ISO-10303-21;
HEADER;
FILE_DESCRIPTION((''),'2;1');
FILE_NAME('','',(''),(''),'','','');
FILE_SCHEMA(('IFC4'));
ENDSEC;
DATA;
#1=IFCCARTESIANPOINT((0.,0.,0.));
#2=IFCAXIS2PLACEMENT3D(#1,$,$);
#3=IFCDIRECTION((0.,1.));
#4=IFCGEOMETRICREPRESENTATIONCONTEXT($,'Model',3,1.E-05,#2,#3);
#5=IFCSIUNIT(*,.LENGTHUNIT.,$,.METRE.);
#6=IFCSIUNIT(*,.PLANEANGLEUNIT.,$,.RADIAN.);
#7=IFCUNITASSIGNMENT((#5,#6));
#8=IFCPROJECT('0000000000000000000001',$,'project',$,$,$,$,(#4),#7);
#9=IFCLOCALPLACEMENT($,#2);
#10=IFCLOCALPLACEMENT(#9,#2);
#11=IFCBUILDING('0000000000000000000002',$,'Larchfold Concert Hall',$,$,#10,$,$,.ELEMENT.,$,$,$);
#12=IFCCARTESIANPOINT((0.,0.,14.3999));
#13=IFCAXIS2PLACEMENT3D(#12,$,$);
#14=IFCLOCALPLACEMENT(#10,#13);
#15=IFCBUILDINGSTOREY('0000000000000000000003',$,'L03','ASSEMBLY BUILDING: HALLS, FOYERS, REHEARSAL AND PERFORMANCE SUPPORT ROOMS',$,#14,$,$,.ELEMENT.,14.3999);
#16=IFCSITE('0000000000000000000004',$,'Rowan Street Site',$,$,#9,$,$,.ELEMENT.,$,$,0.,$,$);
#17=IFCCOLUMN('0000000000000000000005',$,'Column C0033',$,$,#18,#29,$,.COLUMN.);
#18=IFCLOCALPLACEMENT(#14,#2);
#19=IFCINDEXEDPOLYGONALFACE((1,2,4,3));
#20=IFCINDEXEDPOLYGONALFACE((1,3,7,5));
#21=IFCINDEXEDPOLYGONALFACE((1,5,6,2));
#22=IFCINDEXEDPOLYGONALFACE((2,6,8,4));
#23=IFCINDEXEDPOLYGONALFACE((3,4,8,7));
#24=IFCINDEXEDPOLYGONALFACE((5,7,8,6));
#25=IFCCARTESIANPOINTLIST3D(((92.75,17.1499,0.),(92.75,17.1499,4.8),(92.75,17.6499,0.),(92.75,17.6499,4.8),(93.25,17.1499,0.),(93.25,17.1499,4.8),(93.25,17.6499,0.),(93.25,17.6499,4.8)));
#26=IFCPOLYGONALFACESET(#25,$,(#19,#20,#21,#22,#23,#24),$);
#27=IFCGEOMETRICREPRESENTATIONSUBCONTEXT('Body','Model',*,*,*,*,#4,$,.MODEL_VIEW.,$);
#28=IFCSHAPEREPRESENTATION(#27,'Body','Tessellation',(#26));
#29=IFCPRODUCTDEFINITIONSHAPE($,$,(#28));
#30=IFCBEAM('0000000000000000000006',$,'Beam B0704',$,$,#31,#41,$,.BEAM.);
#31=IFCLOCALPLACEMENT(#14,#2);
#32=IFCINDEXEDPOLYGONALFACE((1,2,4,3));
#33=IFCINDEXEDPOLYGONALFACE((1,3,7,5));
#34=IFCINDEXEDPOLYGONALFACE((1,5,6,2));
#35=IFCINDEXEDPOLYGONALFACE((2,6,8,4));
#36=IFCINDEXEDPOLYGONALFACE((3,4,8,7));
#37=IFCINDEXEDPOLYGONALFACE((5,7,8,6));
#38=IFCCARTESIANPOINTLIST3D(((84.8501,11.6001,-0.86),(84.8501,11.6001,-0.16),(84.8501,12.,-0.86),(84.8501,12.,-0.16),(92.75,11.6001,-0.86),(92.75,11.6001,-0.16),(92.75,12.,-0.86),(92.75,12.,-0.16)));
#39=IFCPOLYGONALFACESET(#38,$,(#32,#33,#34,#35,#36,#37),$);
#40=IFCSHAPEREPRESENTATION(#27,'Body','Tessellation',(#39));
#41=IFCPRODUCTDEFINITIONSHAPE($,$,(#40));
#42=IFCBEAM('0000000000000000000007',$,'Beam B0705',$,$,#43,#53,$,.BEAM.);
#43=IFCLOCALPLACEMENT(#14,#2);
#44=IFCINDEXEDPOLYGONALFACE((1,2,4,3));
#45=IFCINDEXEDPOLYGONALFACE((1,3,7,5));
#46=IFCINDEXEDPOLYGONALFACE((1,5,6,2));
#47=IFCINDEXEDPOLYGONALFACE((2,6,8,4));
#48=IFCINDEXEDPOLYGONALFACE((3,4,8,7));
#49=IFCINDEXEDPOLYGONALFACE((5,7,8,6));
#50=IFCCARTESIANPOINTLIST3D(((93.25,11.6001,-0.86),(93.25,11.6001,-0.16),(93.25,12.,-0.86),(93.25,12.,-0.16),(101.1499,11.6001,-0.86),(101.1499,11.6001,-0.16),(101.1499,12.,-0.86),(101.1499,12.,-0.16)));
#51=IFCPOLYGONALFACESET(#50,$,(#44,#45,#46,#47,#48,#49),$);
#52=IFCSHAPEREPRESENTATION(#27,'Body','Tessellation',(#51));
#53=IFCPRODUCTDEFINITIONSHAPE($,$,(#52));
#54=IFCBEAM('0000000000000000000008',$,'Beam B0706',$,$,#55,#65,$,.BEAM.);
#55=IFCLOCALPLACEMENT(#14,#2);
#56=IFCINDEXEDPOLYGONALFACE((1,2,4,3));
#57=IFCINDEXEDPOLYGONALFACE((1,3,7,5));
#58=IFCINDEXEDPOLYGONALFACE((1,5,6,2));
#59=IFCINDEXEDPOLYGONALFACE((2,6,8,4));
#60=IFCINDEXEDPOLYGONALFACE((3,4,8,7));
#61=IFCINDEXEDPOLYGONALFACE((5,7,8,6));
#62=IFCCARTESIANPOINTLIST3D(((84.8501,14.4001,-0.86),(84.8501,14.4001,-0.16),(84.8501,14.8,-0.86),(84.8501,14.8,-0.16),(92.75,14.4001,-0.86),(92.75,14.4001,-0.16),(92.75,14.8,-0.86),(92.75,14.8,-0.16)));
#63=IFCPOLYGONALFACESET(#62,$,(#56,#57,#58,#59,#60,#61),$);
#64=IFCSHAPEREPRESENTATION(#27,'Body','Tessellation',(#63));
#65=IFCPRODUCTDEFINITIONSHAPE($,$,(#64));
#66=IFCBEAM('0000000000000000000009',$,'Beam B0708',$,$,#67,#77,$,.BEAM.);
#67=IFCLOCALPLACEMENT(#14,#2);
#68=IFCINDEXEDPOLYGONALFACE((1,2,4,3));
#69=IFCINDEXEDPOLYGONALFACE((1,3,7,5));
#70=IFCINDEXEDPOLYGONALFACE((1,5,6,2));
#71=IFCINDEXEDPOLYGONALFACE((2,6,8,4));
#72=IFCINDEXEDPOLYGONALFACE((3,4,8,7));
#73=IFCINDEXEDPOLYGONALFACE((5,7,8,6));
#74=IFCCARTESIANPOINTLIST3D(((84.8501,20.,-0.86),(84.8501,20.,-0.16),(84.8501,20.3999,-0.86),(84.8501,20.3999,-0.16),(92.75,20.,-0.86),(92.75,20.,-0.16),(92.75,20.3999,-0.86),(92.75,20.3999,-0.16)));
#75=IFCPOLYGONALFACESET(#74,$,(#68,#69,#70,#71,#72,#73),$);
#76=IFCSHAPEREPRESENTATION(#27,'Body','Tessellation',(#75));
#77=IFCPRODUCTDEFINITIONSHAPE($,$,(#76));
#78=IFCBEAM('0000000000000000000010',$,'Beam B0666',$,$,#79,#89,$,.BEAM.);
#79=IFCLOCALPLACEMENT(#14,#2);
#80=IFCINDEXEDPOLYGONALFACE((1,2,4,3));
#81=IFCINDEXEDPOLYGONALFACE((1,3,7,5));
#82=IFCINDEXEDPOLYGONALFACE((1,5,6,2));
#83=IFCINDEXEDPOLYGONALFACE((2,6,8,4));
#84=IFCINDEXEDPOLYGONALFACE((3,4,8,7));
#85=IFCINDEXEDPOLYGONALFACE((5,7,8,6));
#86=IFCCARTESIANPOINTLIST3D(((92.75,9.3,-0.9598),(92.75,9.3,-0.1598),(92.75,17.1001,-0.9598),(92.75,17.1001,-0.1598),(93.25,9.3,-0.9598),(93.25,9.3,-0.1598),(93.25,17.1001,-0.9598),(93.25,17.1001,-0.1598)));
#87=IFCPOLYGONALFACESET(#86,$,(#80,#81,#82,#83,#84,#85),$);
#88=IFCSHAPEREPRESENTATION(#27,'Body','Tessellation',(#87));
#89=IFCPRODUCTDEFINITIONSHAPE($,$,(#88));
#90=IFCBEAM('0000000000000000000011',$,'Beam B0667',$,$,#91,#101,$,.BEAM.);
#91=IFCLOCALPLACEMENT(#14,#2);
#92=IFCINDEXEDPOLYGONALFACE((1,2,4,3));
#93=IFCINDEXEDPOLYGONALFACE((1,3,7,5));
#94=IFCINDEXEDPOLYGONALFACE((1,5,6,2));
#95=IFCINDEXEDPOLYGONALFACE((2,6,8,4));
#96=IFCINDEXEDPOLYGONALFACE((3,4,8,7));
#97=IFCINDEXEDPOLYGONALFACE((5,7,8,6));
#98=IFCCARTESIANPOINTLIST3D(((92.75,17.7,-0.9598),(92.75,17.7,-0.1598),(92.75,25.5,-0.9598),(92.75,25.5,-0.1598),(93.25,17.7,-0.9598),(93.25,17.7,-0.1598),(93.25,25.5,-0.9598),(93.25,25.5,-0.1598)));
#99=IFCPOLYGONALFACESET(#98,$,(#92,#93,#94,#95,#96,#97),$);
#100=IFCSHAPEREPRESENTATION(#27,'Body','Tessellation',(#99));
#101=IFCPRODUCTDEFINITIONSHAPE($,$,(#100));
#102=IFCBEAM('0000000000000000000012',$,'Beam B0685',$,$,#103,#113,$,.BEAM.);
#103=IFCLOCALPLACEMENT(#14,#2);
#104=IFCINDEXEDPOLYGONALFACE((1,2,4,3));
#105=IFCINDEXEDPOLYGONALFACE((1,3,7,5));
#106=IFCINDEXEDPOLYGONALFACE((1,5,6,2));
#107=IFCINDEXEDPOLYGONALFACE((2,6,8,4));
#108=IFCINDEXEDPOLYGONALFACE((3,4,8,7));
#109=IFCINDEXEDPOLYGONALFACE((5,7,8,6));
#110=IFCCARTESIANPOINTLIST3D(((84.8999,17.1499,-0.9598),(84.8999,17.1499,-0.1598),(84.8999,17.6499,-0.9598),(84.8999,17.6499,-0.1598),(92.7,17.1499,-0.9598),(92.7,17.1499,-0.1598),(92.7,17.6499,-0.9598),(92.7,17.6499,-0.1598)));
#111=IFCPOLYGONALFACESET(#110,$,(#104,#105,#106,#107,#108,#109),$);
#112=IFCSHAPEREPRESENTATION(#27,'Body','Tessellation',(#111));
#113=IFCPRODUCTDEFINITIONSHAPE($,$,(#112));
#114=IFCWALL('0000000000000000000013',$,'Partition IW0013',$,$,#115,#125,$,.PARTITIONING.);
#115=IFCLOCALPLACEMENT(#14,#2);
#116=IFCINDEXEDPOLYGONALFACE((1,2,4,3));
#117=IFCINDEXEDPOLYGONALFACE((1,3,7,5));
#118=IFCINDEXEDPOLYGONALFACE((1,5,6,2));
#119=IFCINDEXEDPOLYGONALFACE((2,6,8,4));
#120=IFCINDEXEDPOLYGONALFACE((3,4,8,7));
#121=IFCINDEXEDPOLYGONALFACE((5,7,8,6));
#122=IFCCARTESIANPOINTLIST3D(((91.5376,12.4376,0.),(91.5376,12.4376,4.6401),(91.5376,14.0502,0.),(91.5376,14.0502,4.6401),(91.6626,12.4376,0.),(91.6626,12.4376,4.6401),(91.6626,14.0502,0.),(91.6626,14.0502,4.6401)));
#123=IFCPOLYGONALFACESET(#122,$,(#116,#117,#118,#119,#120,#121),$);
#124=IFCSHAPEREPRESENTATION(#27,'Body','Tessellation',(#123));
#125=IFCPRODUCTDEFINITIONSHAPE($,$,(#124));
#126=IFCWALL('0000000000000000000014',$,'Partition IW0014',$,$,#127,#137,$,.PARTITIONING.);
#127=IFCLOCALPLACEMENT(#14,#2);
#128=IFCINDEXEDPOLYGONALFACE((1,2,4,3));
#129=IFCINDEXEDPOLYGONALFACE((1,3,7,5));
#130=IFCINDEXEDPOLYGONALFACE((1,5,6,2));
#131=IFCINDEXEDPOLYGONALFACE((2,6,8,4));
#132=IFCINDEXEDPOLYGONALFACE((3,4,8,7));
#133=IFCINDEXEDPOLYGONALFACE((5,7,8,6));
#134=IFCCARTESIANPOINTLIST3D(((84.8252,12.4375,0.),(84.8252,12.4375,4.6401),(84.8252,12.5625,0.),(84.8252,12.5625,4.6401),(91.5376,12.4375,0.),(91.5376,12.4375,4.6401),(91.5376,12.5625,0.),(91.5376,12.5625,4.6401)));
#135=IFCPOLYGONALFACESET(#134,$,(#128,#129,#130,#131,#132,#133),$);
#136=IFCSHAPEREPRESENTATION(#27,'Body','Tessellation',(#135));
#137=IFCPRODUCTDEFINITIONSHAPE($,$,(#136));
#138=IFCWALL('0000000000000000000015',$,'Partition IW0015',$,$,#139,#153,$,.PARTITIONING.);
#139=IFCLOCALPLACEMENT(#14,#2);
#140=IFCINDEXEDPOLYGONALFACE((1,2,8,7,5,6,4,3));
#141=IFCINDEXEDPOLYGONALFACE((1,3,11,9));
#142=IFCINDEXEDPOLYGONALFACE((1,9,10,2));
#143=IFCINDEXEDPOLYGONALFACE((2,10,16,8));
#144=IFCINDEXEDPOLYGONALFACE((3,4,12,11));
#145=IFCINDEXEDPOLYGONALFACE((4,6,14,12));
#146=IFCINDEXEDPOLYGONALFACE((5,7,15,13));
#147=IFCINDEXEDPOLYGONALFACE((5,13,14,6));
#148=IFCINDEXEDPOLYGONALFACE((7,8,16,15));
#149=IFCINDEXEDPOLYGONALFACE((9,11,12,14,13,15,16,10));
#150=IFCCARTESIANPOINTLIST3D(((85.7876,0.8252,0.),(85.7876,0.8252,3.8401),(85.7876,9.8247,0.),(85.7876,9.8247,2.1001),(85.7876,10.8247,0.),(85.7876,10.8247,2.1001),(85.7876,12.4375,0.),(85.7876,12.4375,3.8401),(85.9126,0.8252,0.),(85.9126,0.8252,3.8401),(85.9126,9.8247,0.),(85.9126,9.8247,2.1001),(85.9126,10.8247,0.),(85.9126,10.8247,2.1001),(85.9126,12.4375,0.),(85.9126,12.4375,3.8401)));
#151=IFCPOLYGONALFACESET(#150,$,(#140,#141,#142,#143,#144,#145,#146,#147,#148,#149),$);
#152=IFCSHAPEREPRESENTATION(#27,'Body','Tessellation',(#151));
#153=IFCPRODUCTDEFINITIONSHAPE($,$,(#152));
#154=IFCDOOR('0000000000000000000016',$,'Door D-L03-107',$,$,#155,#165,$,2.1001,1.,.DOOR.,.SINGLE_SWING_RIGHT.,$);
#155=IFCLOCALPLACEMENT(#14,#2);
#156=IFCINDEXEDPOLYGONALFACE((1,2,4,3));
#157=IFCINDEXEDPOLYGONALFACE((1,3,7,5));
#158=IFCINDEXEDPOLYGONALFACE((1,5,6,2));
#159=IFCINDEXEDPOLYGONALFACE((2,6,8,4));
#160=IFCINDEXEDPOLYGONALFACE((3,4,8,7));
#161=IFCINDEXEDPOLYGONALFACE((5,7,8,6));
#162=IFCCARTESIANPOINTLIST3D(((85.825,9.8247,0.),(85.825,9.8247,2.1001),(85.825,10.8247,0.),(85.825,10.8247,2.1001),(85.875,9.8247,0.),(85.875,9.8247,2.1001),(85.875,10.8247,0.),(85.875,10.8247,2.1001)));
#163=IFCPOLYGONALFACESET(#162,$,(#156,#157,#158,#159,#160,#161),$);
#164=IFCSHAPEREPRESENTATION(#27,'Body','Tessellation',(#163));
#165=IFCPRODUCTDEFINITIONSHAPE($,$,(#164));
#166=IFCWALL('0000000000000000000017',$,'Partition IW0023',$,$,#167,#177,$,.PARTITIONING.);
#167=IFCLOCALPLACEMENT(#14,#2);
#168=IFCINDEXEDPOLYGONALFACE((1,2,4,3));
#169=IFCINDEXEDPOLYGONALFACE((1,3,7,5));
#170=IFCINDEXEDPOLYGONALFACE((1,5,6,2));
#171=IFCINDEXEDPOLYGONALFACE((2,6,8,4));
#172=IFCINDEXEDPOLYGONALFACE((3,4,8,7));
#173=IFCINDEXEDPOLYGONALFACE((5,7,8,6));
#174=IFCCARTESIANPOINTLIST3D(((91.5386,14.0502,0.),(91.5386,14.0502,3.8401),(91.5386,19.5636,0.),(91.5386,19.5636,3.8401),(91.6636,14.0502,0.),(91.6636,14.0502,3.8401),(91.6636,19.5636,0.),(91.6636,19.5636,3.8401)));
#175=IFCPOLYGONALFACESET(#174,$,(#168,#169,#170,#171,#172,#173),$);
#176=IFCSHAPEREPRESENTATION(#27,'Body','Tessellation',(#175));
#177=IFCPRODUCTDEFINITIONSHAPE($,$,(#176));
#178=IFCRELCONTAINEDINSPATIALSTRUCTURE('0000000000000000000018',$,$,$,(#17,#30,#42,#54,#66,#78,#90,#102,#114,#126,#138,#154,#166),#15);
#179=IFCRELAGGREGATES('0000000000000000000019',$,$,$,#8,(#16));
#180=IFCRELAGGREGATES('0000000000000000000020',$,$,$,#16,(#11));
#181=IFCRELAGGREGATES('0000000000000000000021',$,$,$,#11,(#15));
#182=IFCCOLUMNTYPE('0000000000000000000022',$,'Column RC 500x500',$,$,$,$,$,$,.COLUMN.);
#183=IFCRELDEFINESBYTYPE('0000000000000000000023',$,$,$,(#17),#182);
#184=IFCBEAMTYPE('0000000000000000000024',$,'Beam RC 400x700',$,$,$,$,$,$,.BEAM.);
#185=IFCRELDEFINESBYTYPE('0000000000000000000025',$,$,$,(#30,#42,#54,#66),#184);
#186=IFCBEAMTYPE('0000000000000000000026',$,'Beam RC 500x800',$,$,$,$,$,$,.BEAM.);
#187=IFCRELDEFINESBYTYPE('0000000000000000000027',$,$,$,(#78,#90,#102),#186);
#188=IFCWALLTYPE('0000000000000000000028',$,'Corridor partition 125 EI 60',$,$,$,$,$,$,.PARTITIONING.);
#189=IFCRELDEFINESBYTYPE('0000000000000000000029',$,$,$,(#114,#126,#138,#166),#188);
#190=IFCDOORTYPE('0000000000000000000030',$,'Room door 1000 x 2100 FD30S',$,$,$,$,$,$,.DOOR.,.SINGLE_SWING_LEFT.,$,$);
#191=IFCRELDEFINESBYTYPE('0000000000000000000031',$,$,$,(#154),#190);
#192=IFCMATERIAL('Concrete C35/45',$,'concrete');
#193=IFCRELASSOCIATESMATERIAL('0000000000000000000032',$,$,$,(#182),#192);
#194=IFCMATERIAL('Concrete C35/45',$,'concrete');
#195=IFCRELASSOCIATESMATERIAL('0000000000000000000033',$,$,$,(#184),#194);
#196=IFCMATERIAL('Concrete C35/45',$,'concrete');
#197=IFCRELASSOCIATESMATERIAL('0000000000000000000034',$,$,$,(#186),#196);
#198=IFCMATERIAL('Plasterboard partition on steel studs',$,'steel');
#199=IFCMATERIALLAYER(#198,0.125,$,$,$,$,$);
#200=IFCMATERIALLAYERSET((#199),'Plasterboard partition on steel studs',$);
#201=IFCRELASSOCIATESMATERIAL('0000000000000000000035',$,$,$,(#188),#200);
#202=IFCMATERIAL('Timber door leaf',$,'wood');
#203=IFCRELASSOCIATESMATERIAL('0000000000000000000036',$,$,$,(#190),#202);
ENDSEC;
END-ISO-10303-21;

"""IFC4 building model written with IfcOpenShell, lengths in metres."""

from ifc_helpers import new_model, si_unit, direction, frame, frame_2d, origin, origin_2d, place, context, subcontext, project, spatial, rectangle, extrude, material, layer, layer_set, material_profile, profile_set, type_object, element, fill, save


model = new_model("IFC4")

# Units and contexts
model_context = context("Model", 3, precision=1e-05, world=origin(), true_north=direction((0.0, 1.0)))
body_context = subcontext(model_context, "Body", "Model", "MODEL_VIEW")
ifc_project = project(units=[si_unit("LENGTHUNIT", "METRE"), si_unit("PLANEANGLEUNIT", "RADIAN")], contexts=[model_context])

# Site, building, storey
site_placement = place(None, origin())
site = spatial("IfcSite", under=ifc_project, at=site_placement, Name="Rowan Street Site", CompositionType="ELEMENT", RefElevation=0.0)
building_placement = place(site_placement, origin())
building = spatial("IfcBuilding", under=site, at=building_placement, Name="Larchfold Concert Hall", CompositionType="ELEMENT")
storey_placement = place(building_placement, frame((0.0, 0.0, 14.3999)))
storey = spatial("IfcBuildingStorey", under=building, at=storey_placement, Name="L03", Description="ASSEMBLY BUILDING: HALLS, FOYERS, REHEARSAL AND PERFORMANCE SUPPORT ROOMS", CompositionType="ELEMENT", Elevation=14.3999)

# Column
ifc_material_1 = material(Name="Concrete C35/45", Category="concrete")
ifc_material_profile_1 = material_profile(ifc_material_1, rectangle(XDim=0.5, YDim=0.5, at=origin_2d()))
ifc_profile_set_1 = profile_set([ifc_material_profile_1], Name="Concrete C35/45")
column_type = type_object("IfcColumnType", Name="Column RC 500x500", PredefinedType="COLUMN", material=ifc_profile_set_1)
column_placement = place(storey_placement, frame((93.0, 17.3999, 0.0), z_axis=(0.0, 0.0, 1.0), x_axis=(1.0, 0.0, 0.0)))
element("IfcColumn", 1, at=column_placement, inside=storey, type_object=column_type, Name="Column C0033", PredefinedType="COLUMN", context=body_context, shape_type="SweptSolid", body=[
    extrude(rectangle(XDim=0.5, YDim=0.5, at=origin_2d()), origin(), (0.0, 0.0, 1.0), 4.8),
])

# Beams
ifc_material_2 = material(Name="Concrete C35/45", Category="concrete")
ifc_material_profile_2 = material_profile(ifc_material_2, rectangle(XDim=0.3999, YDim=0.7, at=origin_2d()))
ifc_profile_set_2 = profile_set([ifc_material_profile_2], Name="Concrete C35/45")
beam_type_1 = type_object("IfcBeamType", Name="Beam RC 400x700", PredefinedType="BEAM", material=ifc_profile_set_2)
for number, where, z_axis, x_axis, name in (
    (2, (84.8501, 11.8, -0.51), (1.0, 0.0, 0.0), (0.0, 1.0, 0.0), "Beam B0704"),
    (3, (93.25, 11.8, -0.51), (1.0, 0.0, 0.0), (0.0, 1.0, 0.0), "Beam B0705"),
    (4, (84.8501, 14.6001, -0.51), (1.0, 0.0, 0.0), (0.0, 1.0, 0.0), "Beam B0706"),
    (5, (84.8501, 20.2, -0.51), (1.0, 0.0, 0.0), (0.0, 1.0, 0.0), "Beam B0708"),
):
    element("IfcBeam", number, at=place(storey_placement, frame(where, z_axis=z_axis, x_axis=x_axis)), inside=storey, type_object=beam_type_1, Name=name, PredefinedType="BEAM", context=body_context, shape_type="SweptSolid", body=[
        extrude(rectangle(XDim=0.3999, YDim=0.7, at=origin_2d()), origin(), (0.0, 0.0, 1.0), 7.8999),
    ])
ifc_material_3 = material(Name="Concrete C35/45", Category="concrete")
ifc_material_profile_3 = material_profile(ifc_material_3, rectangle(XDim=0.5, YDim=0.8, at=origin_2d()))
ifc_profile_set_3 = profile_set([ifc_material_profile_3], Name="Concrete C35/45")
beam_type_2 = type_object("IfcBeamType", Name="Beam RC 500x800", PredefinedType="BEAM", material=ifc_profile_set_3)
for number, where, z_axis, x_axis, name in (
    (6, (93.0, 9.3, -0.5598), (0.0, 1.0, 0.0), (-1.0, 0.0, 0.0), "Beam B0666"),
    (7, (93.0, 17.7, -0.5598), (0.0, 1.0, 0.0), (-1.0, 0.0, 0.0), "Beam B0667"),
    (8, (84.8999, 17.3999, -0.5598), (1.0, 0.0, 0.0), (0.0, 1.0, 0.0), "Beam B0685"),
):
    element("IfcBeam", number, at=place(storey_placement, frame(where, z_axis=z_axis, x_axis=x_axis)), inside=storey, type_object=beam_type_2, Name=name, PredefinedType="BEAM", context=body_context, shape_type="SweptSolid", body=[
        extrude(rectangle(XDim=0.5, YDim=0.8, at=origin_2d()), origin(), (0.0, 0.0, 1.0), 7.8),
    ])

# Walls
ifc_material_4 = material(Name="Plasterboard partition on steel studs", Category="steel")
ifc_layer_1 = layer(ifc_material_4, 0.125)
ifc_layer_set_1 = layer_set([ifc_layer_1], Name="Plasterboard partition on steel studs")
wall_type_1 = type_object("IfcWallType", Name="Corridor partition 125 EI 60", PredefinedType="PARTITIONING", material=ifc_layer_set_1)
wall_1_placement = place(storey_placement, frame((91.6001, 14.05, 0.0), z_axis=(0.0, 0.0, 1.0), x_axis=(0.0, -1.0, 0.0)))
element("IfcWall", 9, at=wall_1_placement, inside=storey, type_object=wall_type_1, Name="Partition IW0013", PredefinedType="PARTITIONING", context=body_context, shape_type="SweptSolid", body=[
    extrude(rectangle(XDim=1.6125, YDim=0.125, at=frame_2d((0.8062, 0.0))), origin(), (0.0, 0.0, 1.0), 4.6401),
])
wall_2_placement = place(storey_placement, frame((91.5376, 12.5, 0.0), z_axis=(0.0, 0.0, 1.0), x_axis=(-1.0, 0.0, 0.0)))
element("IfcWall", 10, at=wall_2_placement, inside=storey, type_object=wall_type_1, Name="Partition IW0014", PredefinedType="PARTITIONING", context=body_context, shape_type="SweptSolid", body=[
    extrude(rectangle(XDim=6.7124, YDim=0.125, at=frame_2d((3.3562, 0.0))), origin(), (0.0, 0.0, 1.0), 4.6401),
])

# Wall, opening, door
wall_3_placement = place(storey_placement, frame((85.8501, 12.4375, 0.0), z_axis=(0.0, 0.0, 1.0), x_axis=(0.0, -1.0, 0.0)))
wall_3 = element("IfcWall", 11, at=wall_3_placement, inside=storey, type_object=wall_type_1, Name="Partition IW0015", PredefinedType="PARTITIONING", context=body_context, shape_type="SweptSolid", body=[
    extrude(rectangle(XDim=11.6123, YDim=0.125, at=frame_2d((5.8062, 0.0))), origin(), (0.0, 0.0, 1.0), 3.8401),
])
opening_1_placement = place(wall_3_placement, frame((1.6128, 0.0, 0.0)))
opening_1 = element("IfcOpeningElement", 12, at=opening_1_placement, cuts=wall_3, PredefinedType="OPENING", context=body_context, shape_type="SweptSolid", body=[
    extrude(rectangle(XDim=1.0, YDim=2.1001, at=frame_2d((0.5, 1.05))), frame((0.0, 0.0725, 0.0), z_axis=(0.0, -1.0, 0.0), x_axis=(1.0, 0.0, 0.0)), (0.0, 0.0, 1.0), 0.145),
])
ifc_material_5 = material(Name="Timber door leaf", Category="wood")
door_type = type_object("IfcDoorType", Name="Room door 1000 x 2100 FD30S", OperationType="SINGLE_SWING_LEFT", PredefinedType="DOOR", material=ifc_material_5)
door_1_placement = place(opening_1_placement, origin())
door_1 = element("IfcDoor", 13, at=door_1_placement, inside=storey, type_object=door_type, Name="Door D-L03-107", OperationType="SINGLE_SWING_RIGHT", OverallHeight=2.1001, OverallWidth=1.0, PredefinedType="DOOR", context=body_context, shape_type="SweptSolid", body=[
    extrude(rectangle(XDim=1.0, YDim=2.1001, at=frame_2d((0.5, 1.05))), frame((0.0, 0.0249, 0.0), z_axis=(0.0, -1.0, 0.0), x_axis=(1.0, 0.0, 0.0)), (0.0, 0.0, 1.0), 0.05),
])
fill(opening_1, door_1)

# Wall
wall_4_placement = place(storey_placement, frame((91.6011, 14.05, 0.0), z_axis=(0.0, 0.0, 1.0), x_axis=(0.0, 1.0, 0.0)))
element("IfcWall", 14, at=wall_4_placement, inside=storey, type_object=wall_type_1, Name="Partition IW0023", PredefinedType="PARTITIONING", context=body_context, shape_type="SweptSolid", body=[
    extrude(rectangle(XDim=5.5134, YDim=0.125, at=frame_2d((2.7568, 0.0))), origin(), (0.0, 0.0, 1.0), 3.8401),
])

save(model, "model.ifc")
